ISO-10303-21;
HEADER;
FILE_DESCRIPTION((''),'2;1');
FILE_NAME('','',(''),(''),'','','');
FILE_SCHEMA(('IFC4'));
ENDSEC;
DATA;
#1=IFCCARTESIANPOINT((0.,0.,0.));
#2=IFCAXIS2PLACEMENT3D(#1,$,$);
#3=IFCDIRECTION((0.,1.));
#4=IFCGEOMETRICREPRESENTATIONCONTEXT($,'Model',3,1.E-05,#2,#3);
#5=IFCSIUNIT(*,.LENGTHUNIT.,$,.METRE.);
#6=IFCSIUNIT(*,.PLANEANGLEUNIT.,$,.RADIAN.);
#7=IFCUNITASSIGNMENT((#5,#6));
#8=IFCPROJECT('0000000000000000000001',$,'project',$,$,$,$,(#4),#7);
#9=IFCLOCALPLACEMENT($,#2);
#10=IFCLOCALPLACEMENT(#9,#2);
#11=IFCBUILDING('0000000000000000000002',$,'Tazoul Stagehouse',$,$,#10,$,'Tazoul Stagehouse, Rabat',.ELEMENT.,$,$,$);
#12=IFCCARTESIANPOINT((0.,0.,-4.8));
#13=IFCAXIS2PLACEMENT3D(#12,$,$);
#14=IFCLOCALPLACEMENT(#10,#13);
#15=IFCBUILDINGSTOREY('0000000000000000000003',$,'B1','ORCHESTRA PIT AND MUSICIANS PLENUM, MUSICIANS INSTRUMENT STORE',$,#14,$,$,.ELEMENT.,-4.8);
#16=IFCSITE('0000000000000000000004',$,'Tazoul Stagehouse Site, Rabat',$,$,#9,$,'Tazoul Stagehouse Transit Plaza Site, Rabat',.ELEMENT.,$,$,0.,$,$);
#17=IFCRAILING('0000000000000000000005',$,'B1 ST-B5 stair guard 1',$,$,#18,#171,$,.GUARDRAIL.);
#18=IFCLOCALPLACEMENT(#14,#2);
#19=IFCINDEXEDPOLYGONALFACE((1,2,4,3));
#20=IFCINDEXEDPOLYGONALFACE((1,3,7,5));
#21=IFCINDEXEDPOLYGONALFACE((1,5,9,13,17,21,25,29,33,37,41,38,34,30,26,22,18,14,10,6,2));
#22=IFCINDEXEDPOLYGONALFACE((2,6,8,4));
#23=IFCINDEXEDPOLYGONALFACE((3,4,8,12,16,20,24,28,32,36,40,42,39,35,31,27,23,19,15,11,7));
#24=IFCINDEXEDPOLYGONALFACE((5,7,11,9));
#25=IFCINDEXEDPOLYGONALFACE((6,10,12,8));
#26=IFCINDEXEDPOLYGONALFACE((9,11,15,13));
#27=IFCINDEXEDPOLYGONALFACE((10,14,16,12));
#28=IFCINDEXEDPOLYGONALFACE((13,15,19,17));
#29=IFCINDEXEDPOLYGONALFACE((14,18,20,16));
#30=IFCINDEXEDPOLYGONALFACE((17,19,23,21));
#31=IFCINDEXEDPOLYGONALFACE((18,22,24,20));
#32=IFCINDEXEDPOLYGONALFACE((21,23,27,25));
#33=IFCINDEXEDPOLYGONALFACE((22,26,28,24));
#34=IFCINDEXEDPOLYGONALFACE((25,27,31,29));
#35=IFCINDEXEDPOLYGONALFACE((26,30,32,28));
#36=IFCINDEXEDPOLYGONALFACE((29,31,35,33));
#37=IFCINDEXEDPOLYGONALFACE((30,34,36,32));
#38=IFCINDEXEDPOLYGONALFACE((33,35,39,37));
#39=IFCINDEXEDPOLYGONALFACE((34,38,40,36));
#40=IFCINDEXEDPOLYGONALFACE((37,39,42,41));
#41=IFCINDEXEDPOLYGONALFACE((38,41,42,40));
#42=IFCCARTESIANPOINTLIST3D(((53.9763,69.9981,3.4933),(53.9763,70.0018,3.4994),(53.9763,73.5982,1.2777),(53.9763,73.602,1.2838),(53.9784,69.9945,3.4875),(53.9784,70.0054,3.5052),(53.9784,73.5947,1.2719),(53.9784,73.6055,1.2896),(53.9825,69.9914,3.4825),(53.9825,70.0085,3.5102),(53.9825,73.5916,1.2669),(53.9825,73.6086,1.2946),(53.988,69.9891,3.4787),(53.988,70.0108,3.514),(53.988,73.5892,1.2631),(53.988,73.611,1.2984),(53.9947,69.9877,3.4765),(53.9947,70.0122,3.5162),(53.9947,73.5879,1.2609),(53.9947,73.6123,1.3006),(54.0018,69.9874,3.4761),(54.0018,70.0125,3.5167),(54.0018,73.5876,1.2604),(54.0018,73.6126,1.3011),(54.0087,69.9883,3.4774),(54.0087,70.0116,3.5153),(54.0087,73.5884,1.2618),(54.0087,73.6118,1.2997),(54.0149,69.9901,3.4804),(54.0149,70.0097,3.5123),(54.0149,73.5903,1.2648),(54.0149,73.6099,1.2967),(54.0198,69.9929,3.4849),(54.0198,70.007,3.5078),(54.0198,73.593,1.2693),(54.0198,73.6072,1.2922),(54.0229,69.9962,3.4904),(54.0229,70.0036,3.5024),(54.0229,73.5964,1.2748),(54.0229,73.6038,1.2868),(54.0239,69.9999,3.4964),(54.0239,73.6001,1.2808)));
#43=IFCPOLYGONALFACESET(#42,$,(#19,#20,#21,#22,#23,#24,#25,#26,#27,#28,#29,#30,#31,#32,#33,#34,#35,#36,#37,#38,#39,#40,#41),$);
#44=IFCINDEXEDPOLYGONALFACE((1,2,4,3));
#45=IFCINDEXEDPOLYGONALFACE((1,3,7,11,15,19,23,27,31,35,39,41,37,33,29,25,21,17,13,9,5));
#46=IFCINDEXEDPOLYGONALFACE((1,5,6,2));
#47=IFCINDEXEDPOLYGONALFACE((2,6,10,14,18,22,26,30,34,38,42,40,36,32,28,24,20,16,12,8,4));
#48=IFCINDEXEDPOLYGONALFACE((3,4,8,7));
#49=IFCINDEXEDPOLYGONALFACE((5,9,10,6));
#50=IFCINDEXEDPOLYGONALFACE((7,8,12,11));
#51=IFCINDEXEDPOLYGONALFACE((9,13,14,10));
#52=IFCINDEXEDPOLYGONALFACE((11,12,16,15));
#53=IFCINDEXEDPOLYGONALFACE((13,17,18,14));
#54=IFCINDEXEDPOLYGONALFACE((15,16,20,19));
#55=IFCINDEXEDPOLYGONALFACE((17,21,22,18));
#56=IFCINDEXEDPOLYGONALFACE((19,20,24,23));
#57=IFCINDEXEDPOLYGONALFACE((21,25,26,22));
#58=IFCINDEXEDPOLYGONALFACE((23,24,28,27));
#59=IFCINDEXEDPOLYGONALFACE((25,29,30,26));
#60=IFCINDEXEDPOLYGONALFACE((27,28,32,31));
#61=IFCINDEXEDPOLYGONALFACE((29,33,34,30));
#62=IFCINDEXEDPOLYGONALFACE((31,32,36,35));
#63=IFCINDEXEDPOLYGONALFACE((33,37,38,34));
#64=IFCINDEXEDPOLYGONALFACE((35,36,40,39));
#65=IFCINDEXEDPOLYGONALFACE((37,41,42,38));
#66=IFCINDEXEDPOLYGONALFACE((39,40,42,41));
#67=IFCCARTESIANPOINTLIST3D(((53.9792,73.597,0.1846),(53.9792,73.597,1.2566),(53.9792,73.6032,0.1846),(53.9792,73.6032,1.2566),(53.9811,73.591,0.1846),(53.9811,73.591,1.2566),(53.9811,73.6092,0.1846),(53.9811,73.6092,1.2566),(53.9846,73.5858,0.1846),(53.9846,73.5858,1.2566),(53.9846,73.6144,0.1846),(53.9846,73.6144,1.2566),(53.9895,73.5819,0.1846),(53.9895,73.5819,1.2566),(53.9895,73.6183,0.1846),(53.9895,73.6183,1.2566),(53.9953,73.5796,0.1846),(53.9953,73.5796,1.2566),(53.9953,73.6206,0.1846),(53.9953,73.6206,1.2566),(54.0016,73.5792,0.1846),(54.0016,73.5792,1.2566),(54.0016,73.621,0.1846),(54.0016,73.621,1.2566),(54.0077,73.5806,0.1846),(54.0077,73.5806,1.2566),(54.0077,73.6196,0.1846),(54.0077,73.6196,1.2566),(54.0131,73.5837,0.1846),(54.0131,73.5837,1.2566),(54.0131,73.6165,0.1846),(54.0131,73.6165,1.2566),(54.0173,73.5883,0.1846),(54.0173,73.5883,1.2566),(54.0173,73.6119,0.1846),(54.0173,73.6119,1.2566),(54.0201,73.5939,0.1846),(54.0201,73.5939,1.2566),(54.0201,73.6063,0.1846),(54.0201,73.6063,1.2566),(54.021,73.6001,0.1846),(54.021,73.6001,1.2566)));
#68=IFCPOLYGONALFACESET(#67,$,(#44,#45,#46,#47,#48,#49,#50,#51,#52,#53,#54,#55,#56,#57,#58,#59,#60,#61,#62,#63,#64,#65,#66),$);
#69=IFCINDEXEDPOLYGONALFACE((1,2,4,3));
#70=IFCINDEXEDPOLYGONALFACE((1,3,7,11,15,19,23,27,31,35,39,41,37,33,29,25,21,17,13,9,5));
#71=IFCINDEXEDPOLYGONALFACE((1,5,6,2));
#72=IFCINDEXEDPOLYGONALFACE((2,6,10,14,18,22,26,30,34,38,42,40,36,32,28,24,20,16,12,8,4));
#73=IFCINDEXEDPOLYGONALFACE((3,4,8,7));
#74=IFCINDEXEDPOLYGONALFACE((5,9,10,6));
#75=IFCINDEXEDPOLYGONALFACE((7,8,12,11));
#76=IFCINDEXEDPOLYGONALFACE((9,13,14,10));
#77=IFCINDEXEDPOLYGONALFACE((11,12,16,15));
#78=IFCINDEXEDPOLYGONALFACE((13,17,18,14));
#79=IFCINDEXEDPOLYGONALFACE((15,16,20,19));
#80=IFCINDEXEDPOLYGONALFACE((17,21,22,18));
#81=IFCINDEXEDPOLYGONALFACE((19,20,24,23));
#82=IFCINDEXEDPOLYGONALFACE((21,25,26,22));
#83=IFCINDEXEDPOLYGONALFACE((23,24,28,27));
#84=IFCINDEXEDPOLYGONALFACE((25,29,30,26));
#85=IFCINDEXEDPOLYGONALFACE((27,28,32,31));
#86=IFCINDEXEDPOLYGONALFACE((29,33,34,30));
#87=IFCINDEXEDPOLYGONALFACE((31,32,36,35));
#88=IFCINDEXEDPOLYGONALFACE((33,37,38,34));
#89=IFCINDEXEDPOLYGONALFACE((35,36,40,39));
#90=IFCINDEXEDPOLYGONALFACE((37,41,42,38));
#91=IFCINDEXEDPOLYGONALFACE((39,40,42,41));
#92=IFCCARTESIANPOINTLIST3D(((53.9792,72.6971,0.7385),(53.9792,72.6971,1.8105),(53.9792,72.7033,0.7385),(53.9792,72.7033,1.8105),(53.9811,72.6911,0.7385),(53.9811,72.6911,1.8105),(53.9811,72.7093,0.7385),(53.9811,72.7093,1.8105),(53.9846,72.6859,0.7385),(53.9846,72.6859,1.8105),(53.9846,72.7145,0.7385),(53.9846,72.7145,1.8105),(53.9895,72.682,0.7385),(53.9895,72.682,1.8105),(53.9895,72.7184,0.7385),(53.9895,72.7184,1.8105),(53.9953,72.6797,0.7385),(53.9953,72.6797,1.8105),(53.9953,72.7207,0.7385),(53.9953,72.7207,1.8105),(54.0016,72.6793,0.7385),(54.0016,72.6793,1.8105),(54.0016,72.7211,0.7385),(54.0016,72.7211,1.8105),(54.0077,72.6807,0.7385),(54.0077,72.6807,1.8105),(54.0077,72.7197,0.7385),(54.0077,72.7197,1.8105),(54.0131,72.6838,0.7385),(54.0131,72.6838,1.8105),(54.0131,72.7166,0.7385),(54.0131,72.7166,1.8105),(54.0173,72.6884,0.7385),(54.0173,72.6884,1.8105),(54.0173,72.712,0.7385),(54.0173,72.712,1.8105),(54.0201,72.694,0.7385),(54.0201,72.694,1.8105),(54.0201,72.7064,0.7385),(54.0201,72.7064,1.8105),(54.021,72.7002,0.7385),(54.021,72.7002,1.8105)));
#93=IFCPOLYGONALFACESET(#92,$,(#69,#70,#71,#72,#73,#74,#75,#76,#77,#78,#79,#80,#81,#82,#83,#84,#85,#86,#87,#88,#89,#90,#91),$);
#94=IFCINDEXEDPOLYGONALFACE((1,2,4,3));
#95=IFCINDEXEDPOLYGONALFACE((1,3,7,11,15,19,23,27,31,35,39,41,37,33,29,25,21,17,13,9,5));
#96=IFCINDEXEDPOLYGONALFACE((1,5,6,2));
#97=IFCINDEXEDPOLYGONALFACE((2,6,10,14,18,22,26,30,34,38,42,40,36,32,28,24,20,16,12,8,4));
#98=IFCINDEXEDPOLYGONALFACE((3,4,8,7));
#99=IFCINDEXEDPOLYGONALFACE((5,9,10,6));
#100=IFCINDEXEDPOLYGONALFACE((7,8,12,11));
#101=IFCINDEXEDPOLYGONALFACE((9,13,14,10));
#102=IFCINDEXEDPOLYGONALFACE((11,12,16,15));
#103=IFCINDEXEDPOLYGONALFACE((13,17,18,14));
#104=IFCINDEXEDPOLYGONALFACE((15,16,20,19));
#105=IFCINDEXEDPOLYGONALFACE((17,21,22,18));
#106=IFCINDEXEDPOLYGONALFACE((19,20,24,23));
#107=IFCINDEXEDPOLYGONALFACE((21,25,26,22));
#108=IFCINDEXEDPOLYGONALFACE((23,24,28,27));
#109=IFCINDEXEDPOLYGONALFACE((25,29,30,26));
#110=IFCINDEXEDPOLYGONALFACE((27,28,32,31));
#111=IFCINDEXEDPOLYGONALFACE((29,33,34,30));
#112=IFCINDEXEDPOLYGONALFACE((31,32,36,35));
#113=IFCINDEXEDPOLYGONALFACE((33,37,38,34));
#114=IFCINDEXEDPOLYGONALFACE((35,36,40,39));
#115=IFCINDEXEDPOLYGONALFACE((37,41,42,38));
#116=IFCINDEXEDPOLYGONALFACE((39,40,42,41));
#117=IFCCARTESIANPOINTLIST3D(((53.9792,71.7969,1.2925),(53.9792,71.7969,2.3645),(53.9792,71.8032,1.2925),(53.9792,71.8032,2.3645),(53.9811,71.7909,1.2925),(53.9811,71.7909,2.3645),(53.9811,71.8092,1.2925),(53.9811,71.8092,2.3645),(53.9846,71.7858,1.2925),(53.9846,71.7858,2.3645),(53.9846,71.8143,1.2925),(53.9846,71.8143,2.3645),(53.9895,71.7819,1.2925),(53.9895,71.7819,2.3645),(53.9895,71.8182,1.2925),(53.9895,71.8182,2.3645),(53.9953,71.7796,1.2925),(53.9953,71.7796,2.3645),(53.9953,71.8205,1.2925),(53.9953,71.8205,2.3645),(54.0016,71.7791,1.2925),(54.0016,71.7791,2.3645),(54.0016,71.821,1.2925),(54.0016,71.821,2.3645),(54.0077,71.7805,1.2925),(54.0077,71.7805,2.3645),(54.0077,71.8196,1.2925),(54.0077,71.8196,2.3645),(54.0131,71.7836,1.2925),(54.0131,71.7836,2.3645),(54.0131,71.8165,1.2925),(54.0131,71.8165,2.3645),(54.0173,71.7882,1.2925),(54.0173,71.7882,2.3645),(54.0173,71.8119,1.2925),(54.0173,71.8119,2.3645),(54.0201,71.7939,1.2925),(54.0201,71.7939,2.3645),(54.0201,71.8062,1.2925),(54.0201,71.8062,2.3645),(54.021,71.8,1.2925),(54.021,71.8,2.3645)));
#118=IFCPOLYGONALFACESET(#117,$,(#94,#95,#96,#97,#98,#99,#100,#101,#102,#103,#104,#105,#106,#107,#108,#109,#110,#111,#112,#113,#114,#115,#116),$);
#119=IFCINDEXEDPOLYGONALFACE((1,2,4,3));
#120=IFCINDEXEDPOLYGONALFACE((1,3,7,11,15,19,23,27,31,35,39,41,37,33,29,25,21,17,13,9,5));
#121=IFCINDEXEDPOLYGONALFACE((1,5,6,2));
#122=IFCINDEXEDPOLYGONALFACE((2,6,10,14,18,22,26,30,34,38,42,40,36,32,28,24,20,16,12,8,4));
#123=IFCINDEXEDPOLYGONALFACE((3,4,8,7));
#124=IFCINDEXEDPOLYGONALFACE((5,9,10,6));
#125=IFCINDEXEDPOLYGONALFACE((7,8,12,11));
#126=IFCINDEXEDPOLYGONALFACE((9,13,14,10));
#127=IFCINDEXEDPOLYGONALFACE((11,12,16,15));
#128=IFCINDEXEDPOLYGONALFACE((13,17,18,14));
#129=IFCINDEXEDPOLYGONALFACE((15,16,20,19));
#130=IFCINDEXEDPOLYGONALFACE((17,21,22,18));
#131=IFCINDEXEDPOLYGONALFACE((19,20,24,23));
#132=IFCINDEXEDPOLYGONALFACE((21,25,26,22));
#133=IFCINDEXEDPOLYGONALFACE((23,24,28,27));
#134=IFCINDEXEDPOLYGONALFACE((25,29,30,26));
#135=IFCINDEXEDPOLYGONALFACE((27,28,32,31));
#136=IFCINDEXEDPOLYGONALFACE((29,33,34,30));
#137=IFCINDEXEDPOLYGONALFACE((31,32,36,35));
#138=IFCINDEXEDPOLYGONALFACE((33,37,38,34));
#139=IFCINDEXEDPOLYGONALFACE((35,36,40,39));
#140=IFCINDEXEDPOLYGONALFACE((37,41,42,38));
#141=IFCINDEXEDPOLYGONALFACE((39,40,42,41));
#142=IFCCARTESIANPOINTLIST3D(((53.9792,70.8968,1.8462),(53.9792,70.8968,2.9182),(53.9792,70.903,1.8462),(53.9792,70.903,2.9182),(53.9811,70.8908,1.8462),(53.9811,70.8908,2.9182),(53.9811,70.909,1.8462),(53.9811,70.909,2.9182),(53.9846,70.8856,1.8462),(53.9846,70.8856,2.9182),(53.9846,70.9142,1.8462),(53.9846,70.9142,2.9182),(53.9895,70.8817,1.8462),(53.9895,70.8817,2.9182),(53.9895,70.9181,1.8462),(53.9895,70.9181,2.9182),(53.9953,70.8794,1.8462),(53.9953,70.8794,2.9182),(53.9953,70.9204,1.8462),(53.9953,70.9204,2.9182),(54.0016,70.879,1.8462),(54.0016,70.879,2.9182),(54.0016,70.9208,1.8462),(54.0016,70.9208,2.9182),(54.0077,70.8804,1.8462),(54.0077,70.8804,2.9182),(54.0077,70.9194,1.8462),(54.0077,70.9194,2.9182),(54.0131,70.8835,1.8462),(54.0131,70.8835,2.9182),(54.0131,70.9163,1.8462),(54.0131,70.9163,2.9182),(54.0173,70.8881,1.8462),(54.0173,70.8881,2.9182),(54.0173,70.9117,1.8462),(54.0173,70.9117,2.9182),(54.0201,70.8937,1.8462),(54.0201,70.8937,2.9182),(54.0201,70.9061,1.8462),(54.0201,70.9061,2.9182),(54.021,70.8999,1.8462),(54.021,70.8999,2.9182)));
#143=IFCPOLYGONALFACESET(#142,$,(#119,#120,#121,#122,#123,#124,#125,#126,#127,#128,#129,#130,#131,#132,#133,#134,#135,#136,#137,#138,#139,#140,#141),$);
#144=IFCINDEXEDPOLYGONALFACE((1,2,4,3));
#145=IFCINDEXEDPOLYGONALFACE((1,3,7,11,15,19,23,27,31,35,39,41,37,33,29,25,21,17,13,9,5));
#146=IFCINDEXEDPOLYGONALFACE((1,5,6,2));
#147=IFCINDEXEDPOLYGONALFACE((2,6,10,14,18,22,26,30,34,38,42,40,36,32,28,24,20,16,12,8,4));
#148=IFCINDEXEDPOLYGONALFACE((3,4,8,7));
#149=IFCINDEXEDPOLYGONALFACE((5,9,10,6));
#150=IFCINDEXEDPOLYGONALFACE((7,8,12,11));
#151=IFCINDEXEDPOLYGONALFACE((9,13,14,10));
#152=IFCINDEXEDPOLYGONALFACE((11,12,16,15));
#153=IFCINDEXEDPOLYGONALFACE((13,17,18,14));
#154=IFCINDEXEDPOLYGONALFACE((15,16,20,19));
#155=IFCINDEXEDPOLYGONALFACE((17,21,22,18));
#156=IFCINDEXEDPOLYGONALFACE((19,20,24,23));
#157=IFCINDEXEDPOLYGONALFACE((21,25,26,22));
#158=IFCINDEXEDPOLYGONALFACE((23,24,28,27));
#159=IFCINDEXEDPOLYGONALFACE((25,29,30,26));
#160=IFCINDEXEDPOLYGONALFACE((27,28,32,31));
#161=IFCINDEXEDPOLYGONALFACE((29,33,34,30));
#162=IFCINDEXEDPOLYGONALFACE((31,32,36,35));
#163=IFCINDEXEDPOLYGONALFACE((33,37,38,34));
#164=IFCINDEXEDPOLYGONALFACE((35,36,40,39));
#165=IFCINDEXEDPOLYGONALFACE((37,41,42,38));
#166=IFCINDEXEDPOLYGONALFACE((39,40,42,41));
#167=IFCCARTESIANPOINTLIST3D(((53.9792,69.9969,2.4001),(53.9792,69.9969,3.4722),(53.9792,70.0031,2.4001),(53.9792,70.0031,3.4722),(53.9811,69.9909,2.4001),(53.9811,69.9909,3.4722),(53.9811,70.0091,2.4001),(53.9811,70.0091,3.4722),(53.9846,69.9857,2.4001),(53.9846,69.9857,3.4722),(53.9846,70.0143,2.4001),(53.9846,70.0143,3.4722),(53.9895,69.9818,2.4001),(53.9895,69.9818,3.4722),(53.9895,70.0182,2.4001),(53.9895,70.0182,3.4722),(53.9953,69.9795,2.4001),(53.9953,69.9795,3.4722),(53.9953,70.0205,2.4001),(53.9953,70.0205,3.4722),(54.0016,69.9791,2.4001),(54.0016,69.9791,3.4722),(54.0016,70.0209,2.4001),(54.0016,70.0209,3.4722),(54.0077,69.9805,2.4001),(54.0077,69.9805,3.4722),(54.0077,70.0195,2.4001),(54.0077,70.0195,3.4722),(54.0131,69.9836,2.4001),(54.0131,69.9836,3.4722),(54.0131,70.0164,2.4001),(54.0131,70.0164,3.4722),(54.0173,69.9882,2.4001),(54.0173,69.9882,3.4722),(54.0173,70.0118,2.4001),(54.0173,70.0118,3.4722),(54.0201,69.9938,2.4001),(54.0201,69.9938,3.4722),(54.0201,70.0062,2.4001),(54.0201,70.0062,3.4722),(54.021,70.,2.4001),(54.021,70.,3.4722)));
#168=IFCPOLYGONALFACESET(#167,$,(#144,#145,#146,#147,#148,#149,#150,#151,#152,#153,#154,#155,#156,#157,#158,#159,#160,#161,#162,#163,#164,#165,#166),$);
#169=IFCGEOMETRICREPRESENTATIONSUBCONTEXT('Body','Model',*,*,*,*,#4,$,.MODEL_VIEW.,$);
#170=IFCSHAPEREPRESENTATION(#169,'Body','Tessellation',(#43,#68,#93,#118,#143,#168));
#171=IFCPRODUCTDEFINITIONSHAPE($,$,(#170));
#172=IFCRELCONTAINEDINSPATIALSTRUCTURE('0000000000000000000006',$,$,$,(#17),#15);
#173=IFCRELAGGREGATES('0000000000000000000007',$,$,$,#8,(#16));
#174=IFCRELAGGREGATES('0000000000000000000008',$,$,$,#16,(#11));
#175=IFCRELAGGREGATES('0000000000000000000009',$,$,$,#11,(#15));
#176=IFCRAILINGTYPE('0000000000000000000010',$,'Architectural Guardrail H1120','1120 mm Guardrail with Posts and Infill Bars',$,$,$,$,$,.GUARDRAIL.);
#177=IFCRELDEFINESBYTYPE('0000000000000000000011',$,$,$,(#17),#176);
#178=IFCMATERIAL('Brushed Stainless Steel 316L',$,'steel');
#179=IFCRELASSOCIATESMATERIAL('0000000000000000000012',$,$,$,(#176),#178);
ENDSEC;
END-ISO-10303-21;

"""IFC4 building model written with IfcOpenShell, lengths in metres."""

from ifc_helpers import new_model, si_unit, direction, frame, origin, origin_2d, place, context, subcontext, project, spatial, circle, extrude, material, material_profile, profile_set, type_object, element, save


model = new_model("IFC4")

# Units and contexts
model_context = context("Model", 3, precision=1e-05, world=origin(), true_north=direction((0.0, 1.0)))
body_context = subcontext(model_context, "Body", "Model", "MODEL_VIEW")
ifc_project = project(units=[si_unit("LENGTHUNIT", "METRE"), si_unit("PLANEANGLEUNIT", "RADIAN")], contexts=[model_context])

# Site, building, storey
site_placement = place(None, origin())
site = spatial("IfcSite", under=ifc_project, at=site_placement, Name="Tazoul Stagehouse Site, Rabat", LongName="Tazoul Stagehouse Transit Plaza Site, Rabat", CompositionType="ELEMENT", RefElevation=0.0)
building_placement = place(site_placement, origin())
building = spatial("IfcBuilding", under=site, at=building_placement, Name="Tazoul Stagehouse", LongName="Tazoul Stagehouse, Rabat", CompositionType="ELEMENT")
storey_placement = place(building_placement, frame((0.0, 0.0, -4.8)))
storey = spatial("IfcBuildingStorey", under=building, at=storey_placement, Name="B1", Description="ORCHESTRA PIT AND MUSICIANS PLENUM, MUSICIANS INSTRUMENT STORE", CompositionType="ELEMENT", Elevation=-4.8)

# Railing
ifc_material_1 = material(Name="Brushed Stainless Steel 316L", Category="steel")
ifc_material_profile_1 = material_profile(ifc_material_1, circle(Radius=0.0239, at=origin_2d()), Name="SS RAIL D48")
ifc_profile_set_1 = profile_set([ifc_material_profile_1], Name="Brushed Stainless Steel 316L")
railing_type_1 = type_object("IfcRailingType", Name="Architectural Guardrail H1120", Description="1120 mm Guardrail with Posts and Infill Bars", PredefinedType="GUARDRAIL", material=ifc_profile_set_1)
railing_1_placement = place(storey_placement, frame((54.0, 73.6001, 0.1846)))
element("IfcRailing", 1, at=railing_1_placement, inside=storey, type_object=railing_type_1, Name="B1 ST-B5 stair guard 1", PredefinedType="GUARDRAIL", context=body_context, shape_type="SweptSolid", body=[
    extrude(circle(Radius=0.0239, at=origin_2d()), frame((0.0, 0.0, 1.0962), z_axis=(0.0, -0.851644, 0.52412), x_axis=(1.0, 0.0, 0.0)), (0.0, 0.0, 1.0), 4.2273),
    extrude(circle(Radius=0.021, at=origin_2d()), origin(), (0.0, 0.0, 1.0), 1.072),
    extrude(circle(Radius=0.021, at=origin_2d()), frame((0.0, -0.8999, 0.554)), (0.0, 0.0, 1.0), 1.072),
    extrude(circle(Radius=0.021, at=origin_2d()), frame((0.0, -1.8, 1.1079)), (0.0, 0.0, 1.0), 1.072),
    extrude(circle(Radius=0.021, at=origin_2d()), frame((0.0, -2.7002, 1.6616)), (0.0, 0.0, 1.0), 1.072),
    extrude(circle(Radius=0.021, at=origin_2d()), frame((0.0, -3.6001, 2.2156)), (0.0, 0.0, 1.0), 1.072),
])

save(model, "model.ifc")
